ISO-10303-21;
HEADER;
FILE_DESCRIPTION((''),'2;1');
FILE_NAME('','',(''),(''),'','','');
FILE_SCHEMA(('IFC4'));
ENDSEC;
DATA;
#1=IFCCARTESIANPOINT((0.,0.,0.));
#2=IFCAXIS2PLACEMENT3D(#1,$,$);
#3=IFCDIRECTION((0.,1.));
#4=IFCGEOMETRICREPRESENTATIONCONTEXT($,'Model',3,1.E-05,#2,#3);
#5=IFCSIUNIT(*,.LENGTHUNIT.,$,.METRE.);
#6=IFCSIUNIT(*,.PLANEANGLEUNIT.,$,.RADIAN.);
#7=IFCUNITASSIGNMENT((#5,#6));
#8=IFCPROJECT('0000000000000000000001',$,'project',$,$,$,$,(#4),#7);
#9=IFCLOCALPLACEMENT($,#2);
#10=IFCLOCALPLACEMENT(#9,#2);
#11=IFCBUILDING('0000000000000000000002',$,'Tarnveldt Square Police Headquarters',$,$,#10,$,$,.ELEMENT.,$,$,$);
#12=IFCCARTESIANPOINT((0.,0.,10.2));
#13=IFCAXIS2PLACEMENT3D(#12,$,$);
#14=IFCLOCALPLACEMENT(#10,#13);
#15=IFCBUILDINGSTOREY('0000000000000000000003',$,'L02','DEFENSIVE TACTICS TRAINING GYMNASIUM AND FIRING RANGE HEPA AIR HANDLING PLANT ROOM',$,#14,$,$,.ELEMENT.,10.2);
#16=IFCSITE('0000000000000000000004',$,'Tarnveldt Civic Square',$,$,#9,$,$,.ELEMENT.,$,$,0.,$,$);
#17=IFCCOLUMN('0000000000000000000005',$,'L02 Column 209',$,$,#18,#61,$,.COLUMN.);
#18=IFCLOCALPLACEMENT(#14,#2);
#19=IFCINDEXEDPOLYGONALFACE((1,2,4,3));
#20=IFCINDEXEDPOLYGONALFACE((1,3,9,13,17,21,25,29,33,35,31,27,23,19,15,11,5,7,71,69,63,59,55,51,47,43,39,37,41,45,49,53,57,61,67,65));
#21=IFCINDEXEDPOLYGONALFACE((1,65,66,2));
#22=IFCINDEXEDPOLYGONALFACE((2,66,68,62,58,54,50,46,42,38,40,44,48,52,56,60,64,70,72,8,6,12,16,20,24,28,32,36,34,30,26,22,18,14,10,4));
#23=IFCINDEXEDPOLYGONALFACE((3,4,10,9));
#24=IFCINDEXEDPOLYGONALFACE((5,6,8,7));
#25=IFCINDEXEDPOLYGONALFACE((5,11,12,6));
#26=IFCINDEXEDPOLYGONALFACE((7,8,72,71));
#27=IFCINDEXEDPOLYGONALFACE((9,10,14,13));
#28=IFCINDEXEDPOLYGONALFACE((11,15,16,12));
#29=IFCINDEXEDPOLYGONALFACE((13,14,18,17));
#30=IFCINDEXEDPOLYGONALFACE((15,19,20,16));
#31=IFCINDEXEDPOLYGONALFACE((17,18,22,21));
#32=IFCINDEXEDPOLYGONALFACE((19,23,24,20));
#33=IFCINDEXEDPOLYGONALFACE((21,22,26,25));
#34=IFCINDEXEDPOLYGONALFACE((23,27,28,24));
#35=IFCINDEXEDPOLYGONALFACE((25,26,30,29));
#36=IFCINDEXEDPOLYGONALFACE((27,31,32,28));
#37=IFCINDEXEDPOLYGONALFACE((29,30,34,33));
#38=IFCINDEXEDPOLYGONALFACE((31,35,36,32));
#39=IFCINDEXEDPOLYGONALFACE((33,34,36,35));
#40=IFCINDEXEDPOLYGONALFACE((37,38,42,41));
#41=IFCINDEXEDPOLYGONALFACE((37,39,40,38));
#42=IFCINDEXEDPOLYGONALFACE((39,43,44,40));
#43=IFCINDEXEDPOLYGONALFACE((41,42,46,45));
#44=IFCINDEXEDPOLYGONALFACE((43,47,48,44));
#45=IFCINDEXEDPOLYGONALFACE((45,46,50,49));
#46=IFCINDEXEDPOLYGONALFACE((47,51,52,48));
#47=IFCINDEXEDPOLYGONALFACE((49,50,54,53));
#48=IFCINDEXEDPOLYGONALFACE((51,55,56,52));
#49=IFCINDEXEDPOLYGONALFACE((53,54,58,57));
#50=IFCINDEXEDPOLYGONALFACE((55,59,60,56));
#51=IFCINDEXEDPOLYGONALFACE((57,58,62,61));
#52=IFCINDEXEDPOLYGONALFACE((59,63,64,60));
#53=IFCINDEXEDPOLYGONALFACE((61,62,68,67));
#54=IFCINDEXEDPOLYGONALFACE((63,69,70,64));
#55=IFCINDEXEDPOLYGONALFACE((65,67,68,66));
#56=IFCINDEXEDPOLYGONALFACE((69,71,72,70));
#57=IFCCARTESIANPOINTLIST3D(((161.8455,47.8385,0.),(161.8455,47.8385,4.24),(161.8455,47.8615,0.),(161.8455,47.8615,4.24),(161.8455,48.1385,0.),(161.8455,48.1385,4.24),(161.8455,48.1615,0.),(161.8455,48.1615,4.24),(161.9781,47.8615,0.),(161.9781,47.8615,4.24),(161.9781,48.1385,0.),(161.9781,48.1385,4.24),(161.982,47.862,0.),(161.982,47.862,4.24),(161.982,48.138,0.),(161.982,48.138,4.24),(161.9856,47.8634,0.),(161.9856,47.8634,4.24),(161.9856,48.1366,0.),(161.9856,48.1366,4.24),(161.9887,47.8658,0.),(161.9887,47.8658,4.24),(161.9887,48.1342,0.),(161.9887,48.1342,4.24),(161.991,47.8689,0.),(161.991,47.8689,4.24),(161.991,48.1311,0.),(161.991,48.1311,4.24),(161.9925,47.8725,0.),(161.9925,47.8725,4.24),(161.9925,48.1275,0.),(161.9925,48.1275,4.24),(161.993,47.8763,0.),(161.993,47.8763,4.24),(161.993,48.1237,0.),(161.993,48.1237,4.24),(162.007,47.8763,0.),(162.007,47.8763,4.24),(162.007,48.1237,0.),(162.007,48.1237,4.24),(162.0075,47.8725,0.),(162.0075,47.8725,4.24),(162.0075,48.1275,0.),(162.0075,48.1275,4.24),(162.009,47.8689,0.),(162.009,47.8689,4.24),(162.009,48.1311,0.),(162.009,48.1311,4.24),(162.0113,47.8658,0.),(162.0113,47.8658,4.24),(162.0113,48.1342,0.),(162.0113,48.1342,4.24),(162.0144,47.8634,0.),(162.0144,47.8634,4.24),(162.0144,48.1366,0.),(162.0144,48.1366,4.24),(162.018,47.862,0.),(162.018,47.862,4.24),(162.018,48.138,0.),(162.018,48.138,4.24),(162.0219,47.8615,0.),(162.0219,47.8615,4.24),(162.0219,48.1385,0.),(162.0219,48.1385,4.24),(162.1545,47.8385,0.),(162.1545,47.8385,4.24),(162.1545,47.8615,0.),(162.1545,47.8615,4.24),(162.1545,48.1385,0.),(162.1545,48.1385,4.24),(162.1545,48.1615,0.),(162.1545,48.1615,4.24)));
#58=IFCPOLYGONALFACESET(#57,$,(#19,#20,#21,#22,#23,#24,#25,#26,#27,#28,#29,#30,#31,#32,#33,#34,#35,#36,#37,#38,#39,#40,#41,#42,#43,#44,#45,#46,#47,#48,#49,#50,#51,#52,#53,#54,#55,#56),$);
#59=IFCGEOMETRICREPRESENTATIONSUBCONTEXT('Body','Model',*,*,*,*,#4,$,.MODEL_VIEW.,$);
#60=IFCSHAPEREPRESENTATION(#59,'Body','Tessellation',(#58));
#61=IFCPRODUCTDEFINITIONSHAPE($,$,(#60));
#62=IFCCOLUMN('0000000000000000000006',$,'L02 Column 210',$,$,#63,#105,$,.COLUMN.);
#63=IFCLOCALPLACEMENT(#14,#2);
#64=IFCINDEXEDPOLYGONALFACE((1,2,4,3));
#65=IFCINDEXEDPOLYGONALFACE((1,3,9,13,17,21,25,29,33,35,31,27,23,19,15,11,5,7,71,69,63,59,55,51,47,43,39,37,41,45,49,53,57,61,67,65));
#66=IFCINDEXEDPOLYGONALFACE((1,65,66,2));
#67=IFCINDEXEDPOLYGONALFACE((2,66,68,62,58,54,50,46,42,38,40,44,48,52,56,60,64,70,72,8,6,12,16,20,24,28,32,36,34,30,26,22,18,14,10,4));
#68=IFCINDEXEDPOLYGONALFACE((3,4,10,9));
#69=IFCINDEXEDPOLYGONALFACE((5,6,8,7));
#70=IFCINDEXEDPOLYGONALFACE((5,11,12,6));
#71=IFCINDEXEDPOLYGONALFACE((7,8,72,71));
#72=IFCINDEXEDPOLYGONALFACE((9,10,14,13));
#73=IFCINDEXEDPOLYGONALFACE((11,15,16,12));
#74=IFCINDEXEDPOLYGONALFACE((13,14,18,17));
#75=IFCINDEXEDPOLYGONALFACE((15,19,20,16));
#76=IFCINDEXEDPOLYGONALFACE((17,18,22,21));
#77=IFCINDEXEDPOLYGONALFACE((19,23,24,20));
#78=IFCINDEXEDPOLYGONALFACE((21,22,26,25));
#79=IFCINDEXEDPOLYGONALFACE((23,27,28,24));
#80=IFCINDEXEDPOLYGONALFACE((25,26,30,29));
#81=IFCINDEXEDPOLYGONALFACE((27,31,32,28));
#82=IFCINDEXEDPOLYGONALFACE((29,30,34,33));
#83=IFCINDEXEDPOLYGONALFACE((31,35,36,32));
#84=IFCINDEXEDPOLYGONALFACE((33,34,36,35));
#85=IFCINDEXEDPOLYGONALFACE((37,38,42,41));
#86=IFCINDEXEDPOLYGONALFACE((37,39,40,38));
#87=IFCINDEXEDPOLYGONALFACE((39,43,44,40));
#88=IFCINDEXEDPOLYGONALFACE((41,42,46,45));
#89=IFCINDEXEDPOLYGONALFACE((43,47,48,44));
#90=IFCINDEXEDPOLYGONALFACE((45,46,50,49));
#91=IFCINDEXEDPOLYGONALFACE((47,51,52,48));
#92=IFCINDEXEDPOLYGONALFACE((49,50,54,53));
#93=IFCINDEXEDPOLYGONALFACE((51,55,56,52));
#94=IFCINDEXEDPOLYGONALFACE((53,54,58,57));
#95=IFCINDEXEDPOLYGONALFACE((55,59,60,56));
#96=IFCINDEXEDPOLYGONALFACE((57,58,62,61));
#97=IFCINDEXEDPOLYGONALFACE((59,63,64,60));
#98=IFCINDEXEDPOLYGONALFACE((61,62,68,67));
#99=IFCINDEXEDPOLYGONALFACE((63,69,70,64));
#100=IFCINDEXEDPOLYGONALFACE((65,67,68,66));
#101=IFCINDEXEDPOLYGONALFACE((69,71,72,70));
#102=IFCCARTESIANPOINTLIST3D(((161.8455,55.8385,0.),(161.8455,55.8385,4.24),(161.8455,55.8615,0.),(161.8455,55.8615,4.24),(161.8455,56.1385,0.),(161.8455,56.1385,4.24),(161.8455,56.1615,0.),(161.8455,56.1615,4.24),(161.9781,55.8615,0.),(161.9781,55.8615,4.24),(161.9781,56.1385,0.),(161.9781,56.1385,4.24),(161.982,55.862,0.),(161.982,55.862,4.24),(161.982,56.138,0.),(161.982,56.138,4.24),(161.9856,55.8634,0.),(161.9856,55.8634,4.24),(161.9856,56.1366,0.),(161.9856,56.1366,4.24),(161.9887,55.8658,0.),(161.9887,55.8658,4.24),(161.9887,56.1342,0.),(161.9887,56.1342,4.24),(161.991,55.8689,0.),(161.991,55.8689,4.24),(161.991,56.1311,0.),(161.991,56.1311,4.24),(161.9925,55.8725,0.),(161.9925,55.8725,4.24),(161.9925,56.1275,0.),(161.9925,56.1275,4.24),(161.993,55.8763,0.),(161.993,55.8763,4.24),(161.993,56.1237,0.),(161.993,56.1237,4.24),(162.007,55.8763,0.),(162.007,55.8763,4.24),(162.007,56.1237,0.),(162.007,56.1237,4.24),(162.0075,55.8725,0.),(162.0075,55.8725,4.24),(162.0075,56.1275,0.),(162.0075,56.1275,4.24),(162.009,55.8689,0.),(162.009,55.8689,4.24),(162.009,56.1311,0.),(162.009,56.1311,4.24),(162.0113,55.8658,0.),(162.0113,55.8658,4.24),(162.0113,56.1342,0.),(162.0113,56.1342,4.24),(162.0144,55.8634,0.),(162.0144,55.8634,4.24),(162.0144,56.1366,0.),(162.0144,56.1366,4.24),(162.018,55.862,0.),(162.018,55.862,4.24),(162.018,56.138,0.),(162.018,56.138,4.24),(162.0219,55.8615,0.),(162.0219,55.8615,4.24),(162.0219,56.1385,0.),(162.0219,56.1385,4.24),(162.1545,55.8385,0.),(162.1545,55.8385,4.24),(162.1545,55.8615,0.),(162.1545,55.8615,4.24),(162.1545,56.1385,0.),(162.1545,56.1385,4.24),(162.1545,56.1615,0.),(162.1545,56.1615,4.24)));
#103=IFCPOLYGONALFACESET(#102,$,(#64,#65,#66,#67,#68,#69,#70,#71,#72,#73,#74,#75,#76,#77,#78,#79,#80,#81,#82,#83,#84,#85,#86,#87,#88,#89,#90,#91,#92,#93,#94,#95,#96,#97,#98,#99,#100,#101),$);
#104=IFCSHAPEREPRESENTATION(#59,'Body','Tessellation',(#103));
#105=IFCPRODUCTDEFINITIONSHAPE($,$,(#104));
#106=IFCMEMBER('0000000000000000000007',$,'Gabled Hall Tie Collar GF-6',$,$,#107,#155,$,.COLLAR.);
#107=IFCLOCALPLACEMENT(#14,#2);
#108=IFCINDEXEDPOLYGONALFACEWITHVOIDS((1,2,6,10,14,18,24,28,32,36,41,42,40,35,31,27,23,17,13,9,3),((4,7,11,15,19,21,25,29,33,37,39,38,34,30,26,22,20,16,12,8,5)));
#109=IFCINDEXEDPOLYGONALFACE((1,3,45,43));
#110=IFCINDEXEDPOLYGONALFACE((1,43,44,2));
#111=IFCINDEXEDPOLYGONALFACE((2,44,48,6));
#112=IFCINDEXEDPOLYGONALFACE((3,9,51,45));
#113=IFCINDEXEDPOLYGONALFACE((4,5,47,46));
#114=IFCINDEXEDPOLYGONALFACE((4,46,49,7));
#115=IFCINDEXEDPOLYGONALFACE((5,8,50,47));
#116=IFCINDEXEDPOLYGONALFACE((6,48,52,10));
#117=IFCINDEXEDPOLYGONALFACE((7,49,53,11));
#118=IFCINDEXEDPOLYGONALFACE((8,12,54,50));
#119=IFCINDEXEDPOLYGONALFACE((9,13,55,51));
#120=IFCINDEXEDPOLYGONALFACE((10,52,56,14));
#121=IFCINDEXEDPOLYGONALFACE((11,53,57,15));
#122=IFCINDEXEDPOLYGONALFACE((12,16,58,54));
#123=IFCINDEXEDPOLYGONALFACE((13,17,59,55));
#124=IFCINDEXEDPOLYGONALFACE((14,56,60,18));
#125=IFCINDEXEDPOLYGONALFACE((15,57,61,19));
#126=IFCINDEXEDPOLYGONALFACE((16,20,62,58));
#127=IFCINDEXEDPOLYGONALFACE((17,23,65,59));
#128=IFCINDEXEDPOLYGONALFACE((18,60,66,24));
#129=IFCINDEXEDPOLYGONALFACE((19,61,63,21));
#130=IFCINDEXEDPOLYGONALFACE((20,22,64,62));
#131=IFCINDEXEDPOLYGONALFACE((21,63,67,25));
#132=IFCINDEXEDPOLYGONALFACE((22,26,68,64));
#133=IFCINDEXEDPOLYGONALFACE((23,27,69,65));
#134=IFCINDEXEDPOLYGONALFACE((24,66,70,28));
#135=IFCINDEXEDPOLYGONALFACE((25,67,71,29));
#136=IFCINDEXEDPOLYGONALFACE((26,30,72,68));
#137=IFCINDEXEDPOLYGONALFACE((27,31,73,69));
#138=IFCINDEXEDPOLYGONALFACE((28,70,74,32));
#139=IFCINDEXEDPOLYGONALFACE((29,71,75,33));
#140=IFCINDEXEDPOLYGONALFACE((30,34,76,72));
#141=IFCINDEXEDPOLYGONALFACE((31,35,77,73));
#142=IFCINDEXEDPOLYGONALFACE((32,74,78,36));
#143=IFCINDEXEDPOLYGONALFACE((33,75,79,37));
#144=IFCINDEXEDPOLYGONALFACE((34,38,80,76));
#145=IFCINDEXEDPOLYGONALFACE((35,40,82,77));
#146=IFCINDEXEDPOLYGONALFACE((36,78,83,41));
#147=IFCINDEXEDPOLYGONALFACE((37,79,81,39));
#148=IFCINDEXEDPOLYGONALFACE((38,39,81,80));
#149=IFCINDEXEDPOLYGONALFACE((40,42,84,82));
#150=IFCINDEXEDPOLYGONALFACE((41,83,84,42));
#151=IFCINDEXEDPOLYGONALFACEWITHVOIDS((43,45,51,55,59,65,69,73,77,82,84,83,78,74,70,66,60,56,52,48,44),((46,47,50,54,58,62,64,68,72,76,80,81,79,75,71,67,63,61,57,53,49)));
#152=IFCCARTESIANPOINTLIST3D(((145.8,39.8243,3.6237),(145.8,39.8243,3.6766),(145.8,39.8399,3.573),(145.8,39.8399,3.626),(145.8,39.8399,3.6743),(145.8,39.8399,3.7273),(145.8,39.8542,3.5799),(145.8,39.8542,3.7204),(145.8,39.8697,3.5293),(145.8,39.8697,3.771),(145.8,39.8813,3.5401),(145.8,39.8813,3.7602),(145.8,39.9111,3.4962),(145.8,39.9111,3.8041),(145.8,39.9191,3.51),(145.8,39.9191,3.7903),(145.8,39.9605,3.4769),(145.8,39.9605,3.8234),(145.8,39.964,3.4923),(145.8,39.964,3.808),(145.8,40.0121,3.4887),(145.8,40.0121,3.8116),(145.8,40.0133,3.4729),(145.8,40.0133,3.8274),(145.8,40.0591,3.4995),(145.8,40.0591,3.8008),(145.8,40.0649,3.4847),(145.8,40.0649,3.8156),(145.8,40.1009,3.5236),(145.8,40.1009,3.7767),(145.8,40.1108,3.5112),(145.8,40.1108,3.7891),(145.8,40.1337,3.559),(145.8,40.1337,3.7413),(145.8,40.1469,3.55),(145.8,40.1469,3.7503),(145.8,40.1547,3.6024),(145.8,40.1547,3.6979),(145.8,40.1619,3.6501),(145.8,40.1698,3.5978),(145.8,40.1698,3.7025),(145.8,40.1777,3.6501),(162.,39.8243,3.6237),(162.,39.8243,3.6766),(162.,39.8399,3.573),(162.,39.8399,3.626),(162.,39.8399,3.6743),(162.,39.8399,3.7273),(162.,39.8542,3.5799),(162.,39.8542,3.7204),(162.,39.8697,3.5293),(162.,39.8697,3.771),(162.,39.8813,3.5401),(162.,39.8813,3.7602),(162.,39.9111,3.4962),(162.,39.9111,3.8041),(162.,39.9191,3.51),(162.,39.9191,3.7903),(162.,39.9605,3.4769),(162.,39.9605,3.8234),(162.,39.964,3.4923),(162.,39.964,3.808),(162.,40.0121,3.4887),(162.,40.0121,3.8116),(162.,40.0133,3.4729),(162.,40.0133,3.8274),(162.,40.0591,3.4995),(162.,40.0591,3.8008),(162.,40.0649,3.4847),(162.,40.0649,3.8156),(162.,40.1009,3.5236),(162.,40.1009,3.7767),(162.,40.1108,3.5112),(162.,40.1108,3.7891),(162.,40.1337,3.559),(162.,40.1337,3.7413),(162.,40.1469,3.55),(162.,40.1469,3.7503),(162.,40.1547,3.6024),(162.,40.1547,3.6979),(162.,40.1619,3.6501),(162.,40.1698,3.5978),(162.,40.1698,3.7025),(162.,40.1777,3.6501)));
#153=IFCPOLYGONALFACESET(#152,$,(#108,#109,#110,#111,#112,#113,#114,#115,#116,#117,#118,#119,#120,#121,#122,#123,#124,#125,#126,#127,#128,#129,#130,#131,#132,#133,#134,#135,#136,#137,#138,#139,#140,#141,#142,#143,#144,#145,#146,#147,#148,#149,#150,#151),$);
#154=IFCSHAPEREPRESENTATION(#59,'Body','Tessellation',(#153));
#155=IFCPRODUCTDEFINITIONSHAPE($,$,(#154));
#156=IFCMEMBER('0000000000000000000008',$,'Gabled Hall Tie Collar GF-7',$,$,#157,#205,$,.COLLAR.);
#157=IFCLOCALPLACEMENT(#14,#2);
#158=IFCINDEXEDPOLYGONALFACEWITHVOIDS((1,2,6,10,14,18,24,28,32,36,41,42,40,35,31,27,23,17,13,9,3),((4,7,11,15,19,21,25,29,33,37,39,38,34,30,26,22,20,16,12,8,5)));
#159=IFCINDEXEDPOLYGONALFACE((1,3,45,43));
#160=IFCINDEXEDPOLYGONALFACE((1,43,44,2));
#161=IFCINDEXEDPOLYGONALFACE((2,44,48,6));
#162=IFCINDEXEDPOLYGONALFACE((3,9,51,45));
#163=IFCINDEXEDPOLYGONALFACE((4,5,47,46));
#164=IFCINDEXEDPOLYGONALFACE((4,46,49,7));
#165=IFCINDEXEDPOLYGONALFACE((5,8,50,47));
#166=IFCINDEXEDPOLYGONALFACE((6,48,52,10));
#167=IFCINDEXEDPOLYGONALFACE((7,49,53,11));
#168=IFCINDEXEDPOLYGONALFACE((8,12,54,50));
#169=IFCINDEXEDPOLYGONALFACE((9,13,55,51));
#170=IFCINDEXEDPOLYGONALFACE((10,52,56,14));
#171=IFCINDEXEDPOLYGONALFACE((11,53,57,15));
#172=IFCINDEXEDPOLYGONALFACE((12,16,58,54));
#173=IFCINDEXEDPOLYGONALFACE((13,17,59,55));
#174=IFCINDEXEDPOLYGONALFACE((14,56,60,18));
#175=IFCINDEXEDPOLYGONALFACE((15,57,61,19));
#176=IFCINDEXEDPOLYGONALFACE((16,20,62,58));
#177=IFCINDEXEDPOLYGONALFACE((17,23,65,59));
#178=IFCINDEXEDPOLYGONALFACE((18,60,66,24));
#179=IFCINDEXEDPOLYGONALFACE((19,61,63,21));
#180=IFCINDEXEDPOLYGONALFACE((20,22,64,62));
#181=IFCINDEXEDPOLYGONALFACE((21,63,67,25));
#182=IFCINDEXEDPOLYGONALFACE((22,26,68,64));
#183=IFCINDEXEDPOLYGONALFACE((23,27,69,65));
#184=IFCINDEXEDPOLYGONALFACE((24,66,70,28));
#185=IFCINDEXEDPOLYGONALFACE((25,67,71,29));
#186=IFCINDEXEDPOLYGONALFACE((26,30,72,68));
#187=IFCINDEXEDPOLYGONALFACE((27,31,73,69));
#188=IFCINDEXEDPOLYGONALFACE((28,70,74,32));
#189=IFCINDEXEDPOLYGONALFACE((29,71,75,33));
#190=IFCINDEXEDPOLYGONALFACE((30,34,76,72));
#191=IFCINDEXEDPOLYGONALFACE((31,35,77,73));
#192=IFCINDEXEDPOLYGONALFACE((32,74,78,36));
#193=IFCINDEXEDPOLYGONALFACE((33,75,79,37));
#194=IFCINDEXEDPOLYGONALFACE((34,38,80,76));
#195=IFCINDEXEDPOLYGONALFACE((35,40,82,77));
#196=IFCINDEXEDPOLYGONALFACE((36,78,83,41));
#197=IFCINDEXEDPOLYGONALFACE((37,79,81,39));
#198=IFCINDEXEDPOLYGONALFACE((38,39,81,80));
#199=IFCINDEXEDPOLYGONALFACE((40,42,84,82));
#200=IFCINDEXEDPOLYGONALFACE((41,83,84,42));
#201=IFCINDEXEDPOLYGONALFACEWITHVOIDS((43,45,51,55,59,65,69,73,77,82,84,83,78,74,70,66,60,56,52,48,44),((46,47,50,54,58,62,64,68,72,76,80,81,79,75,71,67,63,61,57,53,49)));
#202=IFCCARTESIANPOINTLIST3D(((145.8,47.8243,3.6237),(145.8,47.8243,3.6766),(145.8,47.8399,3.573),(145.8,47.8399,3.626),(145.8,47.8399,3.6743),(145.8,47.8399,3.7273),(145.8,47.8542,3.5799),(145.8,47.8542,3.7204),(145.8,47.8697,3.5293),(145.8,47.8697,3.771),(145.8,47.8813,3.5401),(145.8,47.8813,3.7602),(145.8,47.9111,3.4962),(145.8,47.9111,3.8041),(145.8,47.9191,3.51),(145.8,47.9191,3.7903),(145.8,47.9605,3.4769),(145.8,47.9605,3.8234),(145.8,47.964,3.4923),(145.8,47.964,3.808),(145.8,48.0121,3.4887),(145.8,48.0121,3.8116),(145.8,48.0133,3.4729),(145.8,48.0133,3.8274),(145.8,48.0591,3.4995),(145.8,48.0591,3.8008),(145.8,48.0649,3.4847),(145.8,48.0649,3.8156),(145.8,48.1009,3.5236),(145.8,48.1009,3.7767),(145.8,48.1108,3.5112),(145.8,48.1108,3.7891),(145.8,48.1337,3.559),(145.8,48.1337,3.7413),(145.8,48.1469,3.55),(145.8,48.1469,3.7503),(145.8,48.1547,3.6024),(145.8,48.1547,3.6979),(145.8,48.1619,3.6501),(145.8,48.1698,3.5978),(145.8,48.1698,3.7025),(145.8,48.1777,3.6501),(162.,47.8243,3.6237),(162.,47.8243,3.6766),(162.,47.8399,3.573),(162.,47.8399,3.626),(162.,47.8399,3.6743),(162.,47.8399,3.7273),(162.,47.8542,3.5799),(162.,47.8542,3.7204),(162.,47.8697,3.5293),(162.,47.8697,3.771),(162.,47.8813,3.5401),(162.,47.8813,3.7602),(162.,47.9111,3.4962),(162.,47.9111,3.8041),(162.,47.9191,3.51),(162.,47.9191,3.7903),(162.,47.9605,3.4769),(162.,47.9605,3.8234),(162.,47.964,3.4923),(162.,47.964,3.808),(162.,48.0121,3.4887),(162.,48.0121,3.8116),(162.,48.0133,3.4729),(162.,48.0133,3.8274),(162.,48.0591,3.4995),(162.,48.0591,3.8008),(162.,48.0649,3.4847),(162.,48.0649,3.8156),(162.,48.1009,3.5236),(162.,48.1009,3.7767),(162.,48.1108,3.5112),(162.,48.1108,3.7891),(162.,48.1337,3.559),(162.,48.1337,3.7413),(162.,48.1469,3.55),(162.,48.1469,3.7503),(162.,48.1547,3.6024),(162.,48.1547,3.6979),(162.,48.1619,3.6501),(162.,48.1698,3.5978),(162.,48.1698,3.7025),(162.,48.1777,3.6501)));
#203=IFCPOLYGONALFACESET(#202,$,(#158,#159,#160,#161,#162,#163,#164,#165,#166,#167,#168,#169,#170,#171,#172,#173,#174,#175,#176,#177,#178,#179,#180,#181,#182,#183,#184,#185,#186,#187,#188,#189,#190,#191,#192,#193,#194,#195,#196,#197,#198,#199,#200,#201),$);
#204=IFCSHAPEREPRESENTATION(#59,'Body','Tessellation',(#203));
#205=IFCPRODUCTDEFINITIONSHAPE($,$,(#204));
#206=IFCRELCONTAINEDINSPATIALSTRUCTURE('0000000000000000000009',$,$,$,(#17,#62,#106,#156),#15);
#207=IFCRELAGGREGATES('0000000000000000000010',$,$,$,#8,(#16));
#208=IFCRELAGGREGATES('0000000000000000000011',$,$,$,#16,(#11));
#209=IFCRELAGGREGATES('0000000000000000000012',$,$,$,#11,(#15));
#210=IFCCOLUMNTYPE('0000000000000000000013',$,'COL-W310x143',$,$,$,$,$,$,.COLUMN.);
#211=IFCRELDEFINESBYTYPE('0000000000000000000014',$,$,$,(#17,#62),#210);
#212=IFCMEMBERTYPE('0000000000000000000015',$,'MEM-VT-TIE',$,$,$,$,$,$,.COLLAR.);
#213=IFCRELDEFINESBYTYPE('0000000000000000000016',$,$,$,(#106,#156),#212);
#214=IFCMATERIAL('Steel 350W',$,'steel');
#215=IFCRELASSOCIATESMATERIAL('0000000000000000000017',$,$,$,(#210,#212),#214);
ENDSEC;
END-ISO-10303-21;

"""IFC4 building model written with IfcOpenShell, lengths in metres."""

from ifc_helpers import new_model, si_unit, direction, frame, origin, origin_2d, place, context, subcontext, project, spatial, hollow_circle, i_section, extrude, material, material_profile, profile_set, type_object, element, save


model = new_model("IFC4")

# Units and contexts
model_context = context("Model", 3, precision=1e-05, world=origin(), true_north=direction((0.0, 1.0)))
body_context = subcontext(model_context, "Body", "Model", "MODEL_VIEW")
ifc_project = project(units=[si_unit("LENGTHUNIT", "METRE"), si_unit("PLANEANGLEUNIT", "RADIAN")], contexts=[model_context])

# Site, building, storey
site_placement = place(None, origin())
site = spatial("IfcSite", under=ifc_project, at=site_placement, Name="Tarnveldt Civic Square", CompositionType="ELEMENT", RefElevation=0.0)
building_placement = place(site_placement, origin())
building = spatial("IfcBuilding", under=site, at=building_placement, Name="Tarnveldt Square Police Headquarters", CompositionType="ELEMENT")
storey_placement = place(building_placement, frame((0.0, 0.0, 10.2)))
storey = spatial("IfcBuildingStorey", under=building, at=storey_placement, Name="L02", Description="DEFENSIVE TACTICS TRAINING GYMNASIUM AND FIRING RANGE HEPA AIR HANDLING PLANT ROOM", CompositionType="ELEMENT", Elevation=10.2)

# Columns
ifc_material_1 = material(Name="Steel 350W", Category="steel")
ifc_material_profile_1 = material_profile(ifc_material_1, i_section(OverallWidth=0.3091, OverallDepth=0.323, WebThickness=0.0139, FlangeThickness=0.0229, FilletRadius=0.0149, at=origin_2d()), Name="W310x143")
ifc_profile_set_1 = profile_set([ifc_material_profile_1], Name="Steel 350W")
column_type = type_object("IfcColumnType", Name="COL-W310x143", PredefinedType="COLUMN", material=ifc_profile_set_1)
for number, where, z_axis, x_axis, name in (
    (1, (162.0, 48.0, 0.0), (0.0, 0.0, 1.0), (1.0, 0.0, 0.0), "L02 Column 209"),
    (2, (162.0, 56.0, 0.0), (0.0, 0.0, 1.0), (1.0, 0.0, 0.0), "L02 Column 210"),
):
    element("IfcColumn", number, at=place(storey_placement, frame(where, z_axis=z_axis, x_axis=x_axis)), inside=storey, type_object=column_type, Name=name, PredefinedType="COLUMN", context=body_context, shape_type="SweptSolid", body=[
        extrude(i_section(OverallWidth=0.3091, OverallDepth=0.323, WebThickness=0.0139, FlangeThickness=0.0229, FilletRadius=0.0149, at=origin_2d()), origin(), (0.0, 0.0, 1.0), 4.24),
    ])

# Members
ifc_material_profile_2 = material_profile(ifc_material_1, hollow_circle(Radius=0.1777, WallThickness=0.0159, at=origin_2d()), Name="HSS356x16")
ifc_profile_set_2 = profile_set([ifc_material_profile_2], Name="Steel 350W")
member_type = type_object("IfcMemberType", Name="MEM-VT-TIE", PredefinedType="COLLAR", material=ifc_profile_set_2)
for number, where, z_axis, x_axis, name in (
    (3, (145.8, 40.0, 3.6501), (1.0, 0.0, 0.0), (0.0, 1.0, 0.0), "Gabled Hall Tie Collar GF-6"),
    (4, (145.8, 48.0, 3.6501), (1.0, 0.0, 0.0), (0.0, 1.0, 0.0), "Gabled Hall Tie Collar GF-7"),
):
    element("IfcMember", number, at=place(storey_placement, frame(where, z_axis=z_axis, x_axis=x_axis)), inside=storey, type_object=member_type, Name=name, PredefinedType="COLLAR", context=body_context, shape_type="SweptSolid", body=[
        extrude(hollow_circle(Radius=0.1777, WallThickness=0.0159, at=origin_2d()), origin(), (0.0, 0.0, 1.0), 16.2),
    ])

save(model, "model.ifc")
